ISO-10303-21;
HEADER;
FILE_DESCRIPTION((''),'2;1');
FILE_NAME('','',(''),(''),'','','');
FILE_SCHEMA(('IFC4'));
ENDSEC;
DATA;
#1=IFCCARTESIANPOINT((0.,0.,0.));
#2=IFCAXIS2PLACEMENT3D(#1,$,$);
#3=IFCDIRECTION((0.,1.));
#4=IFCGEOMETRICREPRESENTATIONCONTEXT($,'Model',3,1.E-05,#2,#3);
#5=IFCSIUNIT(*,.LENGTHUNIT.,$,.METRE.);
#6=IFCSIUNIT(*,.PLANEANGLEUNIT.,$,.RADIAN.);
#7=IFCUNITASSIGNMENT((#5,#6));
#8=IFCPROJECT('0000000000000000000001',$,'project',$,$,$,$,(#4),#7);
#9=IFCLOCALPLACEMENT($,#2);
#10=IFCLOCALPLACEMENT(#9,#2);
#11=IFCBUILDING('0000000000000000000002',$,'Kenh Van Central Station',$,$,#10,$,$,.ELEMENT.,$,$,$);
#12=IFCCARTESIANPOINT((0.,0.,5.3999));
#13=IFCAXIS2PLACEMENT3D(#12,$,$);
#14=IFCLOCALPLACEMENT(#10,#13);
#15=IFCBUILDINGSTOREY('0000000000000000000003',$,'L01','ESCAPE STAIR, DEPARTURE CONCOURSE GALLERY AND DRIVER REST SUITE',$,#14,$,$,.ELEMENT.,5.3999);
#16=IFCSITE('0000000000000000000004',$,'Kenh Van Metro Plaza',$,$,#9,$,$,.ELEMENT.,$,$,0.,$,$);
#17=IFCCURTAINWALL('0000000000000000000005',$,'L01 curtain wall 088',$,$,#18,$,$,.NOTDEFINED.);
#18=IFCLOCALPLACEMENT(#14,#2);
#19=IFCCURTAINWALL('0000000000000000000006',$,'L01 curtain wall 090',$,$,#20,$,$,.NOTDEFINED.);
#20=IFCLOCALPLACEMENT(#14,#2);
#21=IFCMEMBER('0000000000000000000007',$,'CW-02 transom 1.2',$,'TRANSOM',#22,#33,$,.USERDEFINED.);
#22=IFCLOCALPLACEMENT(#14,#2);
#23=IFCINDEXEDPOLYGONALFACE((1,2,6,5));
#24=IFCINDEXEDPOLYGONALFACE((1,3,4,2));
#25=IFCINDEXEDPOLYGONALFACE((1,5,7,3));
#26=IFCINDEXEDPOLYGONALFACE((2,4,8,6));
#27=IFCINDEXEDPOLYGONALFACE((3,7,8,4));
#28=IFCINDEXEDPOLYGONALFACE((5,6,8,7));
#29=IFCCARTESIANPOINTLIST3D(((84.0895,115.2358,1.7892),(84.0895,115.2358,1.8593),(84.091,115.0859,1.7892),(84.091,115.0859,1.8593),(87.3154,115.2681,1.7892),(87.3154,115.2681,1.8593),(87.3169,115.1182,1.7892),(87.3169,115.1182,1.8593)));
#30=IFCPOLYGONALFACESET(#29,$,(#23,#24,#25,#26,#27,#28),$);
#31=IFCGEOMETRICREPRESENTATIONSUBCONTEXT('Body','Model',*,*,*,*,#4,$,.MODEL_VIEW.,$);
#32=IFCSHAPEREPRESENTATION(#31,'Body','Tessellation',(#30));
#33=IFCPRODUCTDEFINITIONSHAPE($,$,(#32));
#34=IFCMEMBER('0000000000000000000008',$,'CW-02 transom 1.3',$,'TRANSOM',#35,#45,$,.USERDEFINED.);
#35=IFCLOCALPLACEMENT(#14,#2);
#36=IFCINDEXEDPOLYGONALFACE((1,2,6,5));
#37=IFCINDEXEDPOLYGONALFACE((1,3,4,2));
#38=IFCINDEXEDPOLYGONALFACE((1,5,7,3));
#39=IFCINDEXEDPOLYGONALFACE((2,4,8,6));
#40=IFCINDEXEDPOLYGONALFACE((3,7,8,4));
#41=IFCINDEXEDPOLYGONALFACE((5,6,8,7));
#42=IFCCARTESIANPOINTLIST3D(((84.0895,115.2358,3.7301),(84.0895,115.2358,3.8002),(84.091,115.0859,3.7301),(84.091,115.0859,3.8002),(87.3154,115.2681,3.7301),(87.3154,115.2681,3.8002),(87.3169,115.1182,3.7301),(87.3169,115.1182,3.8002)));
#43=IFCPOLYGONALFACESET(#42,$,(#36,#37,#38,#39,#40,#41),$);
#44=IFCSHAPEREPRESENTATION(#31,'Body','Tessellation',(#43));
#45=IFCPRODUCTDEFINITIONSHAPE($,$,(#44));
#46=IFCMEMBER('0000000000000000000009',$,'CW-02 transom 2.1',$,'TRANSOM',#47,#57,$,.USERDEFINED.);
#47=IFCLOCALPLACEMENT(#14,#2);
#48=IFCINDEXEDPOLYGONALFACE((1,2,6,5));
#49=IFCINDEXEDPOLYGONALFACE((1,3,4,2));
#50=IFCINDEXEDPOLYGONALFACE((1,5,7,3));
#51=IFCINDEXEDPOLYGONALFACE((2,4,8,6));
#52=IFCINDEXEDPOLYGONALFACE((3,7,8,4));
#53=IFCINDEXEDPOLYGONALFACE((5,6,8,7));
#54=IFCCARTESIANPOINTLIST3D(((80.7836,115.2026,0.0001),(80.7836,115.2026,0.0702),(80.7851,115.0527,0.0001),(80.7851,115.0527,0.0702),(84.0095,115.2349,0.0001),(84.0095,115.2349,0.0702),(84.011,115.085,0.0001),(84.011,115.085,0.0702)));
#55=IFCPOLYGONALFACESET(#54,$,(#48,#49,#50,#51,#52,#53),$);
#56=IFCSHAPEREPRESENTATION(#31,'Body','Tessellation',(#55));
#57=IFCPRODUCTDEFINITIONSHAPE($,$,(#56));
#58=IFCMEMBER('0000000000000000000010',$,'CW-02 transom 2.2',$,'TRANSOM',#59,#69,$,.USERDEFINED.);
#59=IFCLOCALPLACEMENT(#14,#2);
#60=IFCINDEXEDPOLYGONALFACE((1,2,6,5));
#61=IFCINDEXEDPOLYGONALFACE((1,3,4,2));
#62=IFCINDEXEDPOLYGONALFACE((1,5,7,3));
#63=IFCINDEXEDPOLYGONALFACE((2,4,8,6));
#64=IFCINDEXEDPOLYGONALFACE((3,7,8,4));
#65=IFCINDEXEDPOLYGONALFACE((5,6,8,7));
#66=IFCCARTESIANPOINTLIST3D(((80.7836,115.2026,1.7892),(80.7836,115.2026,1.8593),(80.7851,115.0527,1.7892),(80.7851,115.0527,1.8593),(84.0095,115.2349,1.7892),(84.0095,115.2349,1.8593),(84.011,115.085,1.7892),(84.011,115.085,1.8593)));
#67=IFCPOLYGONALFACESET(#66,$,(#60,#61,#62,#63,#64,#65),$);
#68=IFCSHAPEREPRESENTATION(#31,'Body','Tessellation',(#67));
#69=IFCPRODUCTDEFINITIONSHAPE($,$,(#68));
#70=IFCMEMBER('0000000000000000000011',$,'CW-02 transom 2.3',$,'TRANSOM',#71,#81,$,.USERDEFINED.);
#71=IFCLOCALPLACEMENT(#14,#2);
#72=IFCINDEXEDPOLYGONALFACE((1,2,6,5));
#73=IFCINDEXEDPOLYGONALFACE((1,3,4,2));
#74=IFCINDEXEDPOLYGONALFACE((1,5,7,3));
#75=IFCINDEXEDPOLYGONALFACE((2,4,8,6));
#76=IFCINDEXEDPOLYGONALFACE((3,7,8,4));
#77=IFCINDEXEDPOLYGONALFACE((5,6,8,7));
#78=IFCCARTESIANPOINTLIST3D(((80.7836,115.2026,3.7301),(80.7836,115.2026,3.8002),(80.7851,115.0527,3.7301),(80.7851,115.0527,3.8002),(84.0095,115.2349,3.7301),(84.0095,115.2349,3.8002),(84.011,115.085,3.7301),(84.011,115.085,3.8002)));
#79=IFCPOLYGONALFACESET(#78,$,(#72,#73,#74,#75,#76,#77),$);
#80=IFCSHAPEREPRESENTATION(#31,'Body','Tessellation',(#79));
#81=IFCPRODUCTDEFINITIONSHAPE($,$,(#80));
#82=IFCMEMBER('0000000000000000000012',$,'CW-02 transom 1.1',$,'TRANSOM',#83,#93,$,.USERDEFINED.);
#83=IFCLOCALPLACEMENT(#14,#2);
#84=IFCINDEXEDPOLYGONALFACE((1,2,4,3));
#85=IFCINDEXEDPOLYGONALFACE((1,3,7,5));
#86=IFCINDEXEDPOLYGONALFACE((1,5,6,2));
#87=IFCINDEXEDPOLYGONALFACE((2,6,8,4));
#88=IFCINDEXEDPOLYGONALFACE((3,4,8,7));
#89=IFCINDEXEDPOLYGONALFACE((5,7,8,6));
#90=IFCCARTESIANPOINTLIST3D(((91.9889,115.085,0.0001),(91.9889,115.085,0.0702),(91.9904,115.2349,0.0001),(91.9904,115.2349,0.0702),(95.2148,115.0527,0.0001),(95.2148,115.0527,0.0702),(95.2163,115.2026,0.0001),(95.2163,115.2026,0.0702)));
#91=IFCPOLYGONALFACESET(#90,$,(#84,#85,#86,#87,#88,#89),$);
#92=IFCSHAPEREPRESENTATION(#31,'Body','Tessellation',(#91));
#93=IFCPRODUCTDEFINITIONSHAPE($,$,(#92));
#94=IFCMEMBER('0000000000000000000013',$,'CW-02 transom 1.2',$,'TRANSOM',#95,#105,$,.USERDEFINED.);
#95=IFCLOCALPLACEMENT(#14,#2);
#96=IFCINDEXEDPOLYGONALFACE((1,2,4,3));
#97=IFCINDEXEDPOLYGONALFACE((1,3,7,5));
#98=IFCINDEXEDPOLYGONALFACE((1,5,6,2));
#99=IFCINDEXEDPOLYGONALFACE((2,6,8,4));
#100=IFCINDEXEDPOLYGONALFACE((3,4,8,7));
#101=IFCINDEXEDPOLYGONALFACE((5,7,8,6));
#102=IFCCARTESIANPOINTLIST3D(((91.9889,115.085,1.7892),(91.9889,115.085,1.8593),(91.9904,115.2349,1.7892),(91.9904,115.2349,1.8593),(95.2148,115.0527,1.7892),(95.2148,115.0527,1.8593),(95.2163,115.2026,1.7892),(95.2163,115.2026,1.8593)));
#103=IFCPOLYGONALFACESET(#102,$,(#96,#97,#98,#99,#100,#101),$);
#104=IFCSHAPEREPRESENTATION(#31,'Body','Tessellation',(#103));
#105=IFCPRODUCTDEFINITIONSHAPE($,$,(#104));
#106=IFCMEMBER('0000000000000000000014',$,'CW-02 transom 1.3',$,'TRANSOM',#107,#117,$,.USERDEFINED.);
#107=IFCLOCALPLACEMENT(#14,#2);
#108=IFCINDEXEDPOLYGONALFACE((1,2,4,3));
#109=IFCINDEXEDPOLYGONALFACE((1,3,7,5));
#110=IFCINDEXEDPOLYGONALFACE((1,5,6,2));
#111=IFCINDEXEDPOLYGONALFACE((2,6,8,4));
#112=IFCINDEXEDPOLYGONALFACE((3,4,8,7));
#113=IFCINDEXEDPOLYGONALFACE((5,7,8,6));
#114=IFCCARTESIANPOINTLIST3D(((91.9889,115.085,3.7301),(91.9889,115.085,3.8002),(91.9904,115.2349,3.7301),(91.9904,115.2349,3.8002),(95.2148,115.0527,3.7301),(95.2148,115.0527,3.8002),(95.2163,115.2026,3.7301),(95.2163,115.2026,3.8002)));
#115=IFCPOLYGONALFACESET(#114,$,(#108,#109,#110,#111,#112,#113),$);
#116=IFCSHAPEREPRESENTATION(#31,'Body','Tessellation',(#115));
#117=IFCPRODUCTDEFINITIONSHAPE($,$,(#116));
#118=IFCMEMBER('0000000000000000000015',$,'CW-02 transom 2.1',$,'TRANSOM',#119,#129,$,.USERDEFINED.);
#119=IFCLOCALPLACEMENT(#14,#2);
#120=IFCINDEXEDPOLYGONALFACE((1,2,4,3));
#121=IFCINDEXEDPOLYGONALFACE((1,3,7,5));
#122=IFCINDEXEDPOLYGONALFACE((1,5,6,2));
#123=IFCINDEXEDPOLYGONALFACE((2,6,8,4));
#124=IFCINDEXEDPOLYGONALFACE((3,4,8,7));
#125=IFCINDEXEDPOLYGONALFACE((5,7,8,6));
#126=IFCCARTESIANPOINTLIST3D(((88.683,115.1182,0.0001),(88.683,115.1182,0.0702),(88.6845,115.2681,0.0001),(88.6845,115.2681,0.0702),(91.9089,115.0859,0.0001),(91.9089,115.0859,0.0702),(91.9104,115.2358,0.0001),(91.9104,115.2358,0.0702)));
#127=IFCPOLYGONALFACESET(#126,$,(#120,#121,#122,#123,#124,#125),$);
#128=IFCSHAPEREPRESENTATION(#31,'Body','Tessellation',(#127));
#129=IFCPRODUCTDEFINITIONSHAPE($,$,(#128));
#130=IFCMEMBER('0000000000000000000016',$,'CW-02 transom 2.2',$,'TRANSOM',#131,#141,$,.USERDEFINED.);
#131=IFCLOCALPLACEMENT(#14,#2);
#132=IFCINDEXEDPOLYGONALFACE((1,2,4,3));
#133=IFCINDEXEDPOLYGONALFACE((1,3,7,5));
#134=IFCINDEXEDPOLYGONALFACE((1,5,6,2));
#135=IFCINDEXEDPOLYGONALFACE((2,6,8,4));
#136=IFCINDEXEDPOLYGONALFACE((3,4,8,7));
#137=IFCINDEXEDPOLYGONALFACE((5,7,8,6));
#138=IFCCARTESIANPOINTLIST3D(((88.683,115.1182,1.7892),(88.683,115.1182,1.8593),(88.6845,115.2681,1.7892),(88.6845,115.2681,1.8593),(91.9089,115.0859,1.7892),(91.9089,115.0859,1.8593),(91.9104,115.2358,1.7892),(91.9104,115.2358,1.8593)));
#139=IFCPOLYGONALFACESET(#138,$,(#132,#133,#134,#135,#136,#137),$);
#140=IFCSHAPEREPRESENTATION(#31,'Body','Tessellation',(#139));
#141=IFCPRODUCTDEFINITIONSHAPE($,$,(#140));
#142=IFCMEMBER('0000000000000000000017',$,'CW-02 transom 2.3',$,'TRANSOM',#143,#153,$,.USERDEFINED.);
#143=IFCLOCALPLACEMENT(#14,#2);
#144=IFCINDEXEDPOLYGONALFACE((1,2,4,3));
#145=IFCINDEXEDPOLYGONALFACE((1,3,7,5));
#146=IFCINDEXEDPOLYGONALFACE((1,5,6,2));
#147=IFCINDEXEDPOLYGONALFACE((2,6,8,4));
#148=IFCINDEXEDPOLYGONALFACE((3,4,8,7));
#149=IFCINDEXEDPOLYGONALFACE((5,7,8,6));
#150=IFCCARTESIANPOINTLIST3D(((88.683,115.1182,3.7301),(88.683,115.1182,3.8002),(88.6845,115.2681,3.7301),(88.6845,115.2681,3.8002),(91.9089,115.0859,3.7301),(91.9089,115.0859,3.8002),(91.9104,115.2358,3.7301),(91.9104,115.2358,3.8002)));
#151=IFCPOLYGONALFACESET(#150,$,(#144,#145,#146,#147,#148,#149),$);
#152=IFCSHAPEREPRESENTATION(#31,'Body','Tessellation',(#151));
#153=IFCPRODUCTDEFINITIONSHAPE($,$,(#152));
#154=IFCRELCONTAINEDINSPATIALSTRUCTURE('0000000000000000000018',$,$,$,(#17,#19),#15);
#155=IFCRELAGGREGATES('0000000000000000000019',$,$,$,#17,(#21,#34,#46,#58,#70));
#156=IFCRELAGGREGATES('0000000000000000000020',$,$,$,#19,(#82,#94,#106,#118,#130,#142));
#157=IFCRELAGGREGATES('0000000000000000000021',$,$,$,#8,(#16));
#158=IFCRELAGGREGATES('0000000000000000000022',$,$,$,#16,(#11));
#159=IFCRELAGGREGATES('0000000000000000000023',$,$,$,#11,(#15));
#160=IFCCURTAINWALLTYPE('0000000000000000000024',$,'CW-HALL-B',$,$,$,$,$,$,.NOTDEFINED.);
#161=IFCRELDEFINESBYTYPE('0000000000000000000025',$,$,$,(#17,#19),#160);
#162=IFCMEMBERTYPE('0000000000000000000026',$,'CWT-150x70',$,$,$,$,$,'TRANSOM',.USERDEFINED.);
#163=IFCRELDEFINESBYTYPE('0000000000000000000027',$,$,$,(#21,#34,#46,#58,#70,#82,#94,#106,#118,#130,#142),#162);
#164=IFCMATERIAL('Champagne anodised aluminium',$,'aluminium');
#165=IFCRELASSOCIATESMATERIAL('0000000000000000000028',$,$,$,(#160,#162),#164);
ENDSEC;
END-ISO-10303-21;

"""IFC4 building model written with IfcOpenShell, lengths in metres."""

from ifc_helpers import new_model, si_unit, direction, frame, origin, origin_2d, place, context, subcontext, project, spatial, rectangle, extrude, material, material_profile, profile_set, type_object, element, aggregate, save


model = new_model("IFC4")

# Units and contexts
model_context = context("Model", 3, precision=1e-05, world=origin(), true_north=direction((0.0, 1.0)))
body_context = subcontext(model_context, "Body", "Model", "MODEL_VIEW")
ifc_project = project(units=[si_unit("LENGTHUNIT", "METRE"), si_unit("PLANEANGLEUNIT", "RADIAN")], contexts=[model_context])

# Site, building, storey
site_placement = place(None, origin())
site = spatial("IfcSite", under=ifc_project, at=site_placement, Name="Kenh Van Metro Plaza", CompositionType="ELEMENT", RefElevation=0.0)
building_placement = place(site_placement, origin())
building = spatial("IfcBuilding", under=site, at=building_placement, Name="Kenh Van Central Station", CompositionType="ELEMENT")
storey_placement = place(building_placement, frame((0.0, 0.0, 5.3999)))
storey = spatial("IfcBuildingStorey", under=building, at=storey_placement, Name="L01", Description="ESCAPE STAIR, DEPARTURE CONCOURSE GALLERY AND DRIVER REST SUITE", CompositionType="ELEMENT", Elevation=5.3999)

# Shared definitions
ifc_material_1 = material(Name="Champagne anodised aluminium", Category="aluminium")
curtain_wall_type = type_object("IfcCurtainWallType", Name="CW-HALL-B", PredefinedType="NOTDEFINED", material=ifc_material_1)

# Curtain walls
curtain_wall_1_placement = place(storey_placement, origin())
curtain_wall_1 = element("IfcCurtainWall", 1, at=curtain_wall_1_placement, inside=storey, type_object=curtain_wall_type, Name="L01 curtain wall 088", PredefinedType="NOTDEFINED")
curtain_wall_2_placement = place(storey_placement, origin())
curtain_wall_2 = element("IfcCurtainWall", 2, at=curtain_wall_2_placement, inside=storey, type_object=curtain_wall_type, Name="L01 curtain wall 090", PredefinedType="NOTDEFINED")

# Members
ifc_material_profile_1 = material_profile(ifc_material_1, rectangle(XDim=0.1499, YDim=0.0701, at=origin_2d()), Name="AL 150x70")
ifc_profile_set_1 = profile_set([ifc_material_profile_1], Name="Champagne anodised aluminium")
member_type_1 = type_object("IfcMemberType", Name="CWT-150x70", ElementType="TRANSOM", PredefinedType="USERDEFINED", material=ifc_profile_set_1)
member_1_placement = place(storey_placement, frame((87.3162, 115.1931, 1.8242), z_axis=(-0.99995, -0.00999, 0.0), x_axis=(0.00999, -0.99995, 0.0)))
member_1 = element("IfcMember", 3, at=member_1_placement, type_object=member_type_1, Name="CW-02 transom 1.2", ObjectType="TRANSOM", PredefinedType="USERDEFINED", context=body_context, shape_type="SweptSolid", body=[
    extrude(rectangle(XDim=0.1499, YDim=0.0701, at=origin_2d()), origin(), (0.0, 0.0, 1.0), 3.2261),
])
member_2_placement = place(storey_placement, frame((87.3162, 115.1931, 3.7651), z_axis=(-0.99995, -0.00999, 0.0), x_axis=(0.00999, -0.99995, 0.0)))
member_2 = element("IfcMember", 4, at=member_2_placement, type_object=member_type_1, Name="CW-02 transom 1.3", ObjectType="TRANSOM", PredefinedType="USERDEFINED", context=body_context, shape_type="SweptSolid", body=[
    extrude(rectangle(XDim=0.1499, YDim=0.0701, at=origin_2d()), origin(), (0.0, 0.0, 1.0), 3.2261),
])
member_3_placement = place(storey_placement, frame((84.0103, 115.1599, 0.0352), z_axis=(-0.99995, -0.00999, 0.0), x_axis=(0.00999, -0.99995, 0.0)))
member_3 = element("IfcMember", 5, at=member_3_placement, type_object=member_type_1, Name="CW-02 transom 2.1", ObjectType="TRANSOM", PredefinedType="USERDEFINED", context=body_context, shape_type="SweptSolid", body=[
    extrude(rectangle(XDim=0.1499, YDim=0.0701, at=origin_2d()), origin(), (0.0, 0.0, 1.0), 3.2261),
])
member_4_placement = place(storey_placement, frame((84.0103, 115.1599, 1.8242), z_axis=(-0.99995, -0.00999, 0.0), x_axis=(0.00999, -0.99995, 0.0)))
member_4 = element("IfcMember", 6, at=member_4_placement, type_object=member_type_1, Name="CW-02 transom 2.2", ObjectType="TRANSOM", PredefinedType="USERDEFINED", context=body_context, shape_type="SweptSolid", body=[
    extrude(rectangle(XDim=0.1499, YDim=0.0701, at=origin_2d()), origin(), (0.0, 0.0, 1.0), 3.2261),
])
member_5_placement = place(storey_placement, frame((84.0103, 115.1599, 3.7651), z_axis=(-0.99995, -0.00999, 0.0), x_axis=(0.00999, -0.99995, 0.0)))
member_5 = element("IfcMember", 7, at=member_5_placement, type_object=member_type_1, Name="CW-02 transom 2.3", ObjectType="TRANSOM", PredefinedType="USERDEFINED", context=body_context, shape_type="SweptSolid", body=[
    extrude(rectangle(XDim=0.1499, YDim=0.0701, at=origin_2d()), origin(), (0.0, 0.0, 1.0), 3.2261),
])
member_6_placement = place(storey_placement, frame((95.2156, 115.1277, 0.0352), z_axis=(-0.99995, 0.00999, 0.0), x_axis=(-0.00999, -0.99995, 0.0)))
member_6 = element("IfcMember", 8, at=member_6_placement, type_object=member_type_1, Name="CW-02 transom 1.1", ObjectType="TRANSOM", PredefinedType="USERDEFINED", context=body_context, shape_type="SweptSolid", body=[
    extrude(rectangle(XDim=0.1499, YDim=0.0701, at=origin_2d()), origin(), (0.0, 0.0, 1.0), 3.2261),
])
member_7_placement = place(storey_placement, frame((95.2156, 115.1277, 1.8242), z_axis=(-0.99995, 0.00999, 0.0), x_axis=(-0.00999, -0.99995, 0.0)))
member_7 = element("IfcMember", 9, at=member_7_placement, type_object=member_type_1, Name="CW-02 transom 1.2", ObjectType="TRANSOM", PredefinedType="USERDEFINED", context=body_context, shape_type="SweptSolid", body=[
    extrude(rectangle(XDim=0.1499, YDim=0.0701, at=origin_2d()), origin(), (0.0, 0.0, 1.0), 3.2261),
])
member_8_placement = place(storey_placement, frame((95.2156, 115.1277, 3.7651), z_axis=(-0.99995, 0.00999, 0.0), x_axis=(-0.00999, -0.99995, 0.0)))
member_8 = element("IfcMember", 10, at=member_8_placement, type_object=member_type_1, Name="CW-02 transom 1.3", ObjectType="TRANSOM", PredefinedType="USERDEFINED", context=body_context, shape_type="SweptSolid", body=[
    extrude(rectangle(XDim=0.1499, YDim=0.0701, at=origin_2d()), origin(), (0.0, 0.0, 1.0), 3.2261),
])
member_9_placement = place(storey_placement, frame((91.9097, 115.1609, 0.0352), z_axis=(-0.99995, 0.00999, 0.0), x_axis=(-0.00999, -0.99995, 0.0)))
member_9 = element("IfcMember", 11, at=member_9_placement, type_object=member_type_1, Name="CW-02 transom 2.1", ObjectType="TRANSOM", PredefinedType="USERDEFINED", context=body_context, shape_type="SweptSolid", body=[
    extrude(rectangle(XDim=0.1499, YDim=0.0701, at=origin_2d()), origin(), (0.0, 0.0, 1.0), 3.2261),
])
member_10_placement = place(storey_placement, frame((91.9097, 115.1609, 1.8242), z_axis=(-0.99995, 0.00999, 0.0), x_axis=(-0.00999, -0.99995, 0.0)))
member_10 = element("IfcMember", 12, at=member_10_placement, type_object=member_type_1, Name="CW-02 transom 2.2", ObjectType="TRANSOM", PredefinedType="USERDEFINED", context=body_context, shape_type="SweptSolid", body=[
    extrude(rectangle(XDim=0.1499, YDim=0.0701, at=origin_2d()), origin(), (0.0, 0.0, 1.0), 3.2261),
])
member_11_placement = place(storey_placement, frame((91.9097, 115.1609, 3.7651), z_axis=(-0.99995, 0.00999, 0.0), x_axis=(-0.00999, -0.99995, 0.0)))
member_11 = element("IfcMember", 13, at=member_11_placement, type_object=member_type_1, Name="CW-02 transom 2.3", ObjectType="TRANSOM", PredefinedType="USERDEFINED", context=body_context, shape_type="SweptSolid", body=[
    extrude(rectangle(XDim=0.1499, YDim=0.0701, at=origin_2d()), origin(), (0.0, 0.0, 1.0), 3.2261),
])

aggregate(curtain_wall_1, [member_1, member_2, member_3, member_4, member_5])
aggregate(curtain_wall_2, [member_6, member_7, member_8, member_9, member_10, member_11])

save(model, "model.ifc")
